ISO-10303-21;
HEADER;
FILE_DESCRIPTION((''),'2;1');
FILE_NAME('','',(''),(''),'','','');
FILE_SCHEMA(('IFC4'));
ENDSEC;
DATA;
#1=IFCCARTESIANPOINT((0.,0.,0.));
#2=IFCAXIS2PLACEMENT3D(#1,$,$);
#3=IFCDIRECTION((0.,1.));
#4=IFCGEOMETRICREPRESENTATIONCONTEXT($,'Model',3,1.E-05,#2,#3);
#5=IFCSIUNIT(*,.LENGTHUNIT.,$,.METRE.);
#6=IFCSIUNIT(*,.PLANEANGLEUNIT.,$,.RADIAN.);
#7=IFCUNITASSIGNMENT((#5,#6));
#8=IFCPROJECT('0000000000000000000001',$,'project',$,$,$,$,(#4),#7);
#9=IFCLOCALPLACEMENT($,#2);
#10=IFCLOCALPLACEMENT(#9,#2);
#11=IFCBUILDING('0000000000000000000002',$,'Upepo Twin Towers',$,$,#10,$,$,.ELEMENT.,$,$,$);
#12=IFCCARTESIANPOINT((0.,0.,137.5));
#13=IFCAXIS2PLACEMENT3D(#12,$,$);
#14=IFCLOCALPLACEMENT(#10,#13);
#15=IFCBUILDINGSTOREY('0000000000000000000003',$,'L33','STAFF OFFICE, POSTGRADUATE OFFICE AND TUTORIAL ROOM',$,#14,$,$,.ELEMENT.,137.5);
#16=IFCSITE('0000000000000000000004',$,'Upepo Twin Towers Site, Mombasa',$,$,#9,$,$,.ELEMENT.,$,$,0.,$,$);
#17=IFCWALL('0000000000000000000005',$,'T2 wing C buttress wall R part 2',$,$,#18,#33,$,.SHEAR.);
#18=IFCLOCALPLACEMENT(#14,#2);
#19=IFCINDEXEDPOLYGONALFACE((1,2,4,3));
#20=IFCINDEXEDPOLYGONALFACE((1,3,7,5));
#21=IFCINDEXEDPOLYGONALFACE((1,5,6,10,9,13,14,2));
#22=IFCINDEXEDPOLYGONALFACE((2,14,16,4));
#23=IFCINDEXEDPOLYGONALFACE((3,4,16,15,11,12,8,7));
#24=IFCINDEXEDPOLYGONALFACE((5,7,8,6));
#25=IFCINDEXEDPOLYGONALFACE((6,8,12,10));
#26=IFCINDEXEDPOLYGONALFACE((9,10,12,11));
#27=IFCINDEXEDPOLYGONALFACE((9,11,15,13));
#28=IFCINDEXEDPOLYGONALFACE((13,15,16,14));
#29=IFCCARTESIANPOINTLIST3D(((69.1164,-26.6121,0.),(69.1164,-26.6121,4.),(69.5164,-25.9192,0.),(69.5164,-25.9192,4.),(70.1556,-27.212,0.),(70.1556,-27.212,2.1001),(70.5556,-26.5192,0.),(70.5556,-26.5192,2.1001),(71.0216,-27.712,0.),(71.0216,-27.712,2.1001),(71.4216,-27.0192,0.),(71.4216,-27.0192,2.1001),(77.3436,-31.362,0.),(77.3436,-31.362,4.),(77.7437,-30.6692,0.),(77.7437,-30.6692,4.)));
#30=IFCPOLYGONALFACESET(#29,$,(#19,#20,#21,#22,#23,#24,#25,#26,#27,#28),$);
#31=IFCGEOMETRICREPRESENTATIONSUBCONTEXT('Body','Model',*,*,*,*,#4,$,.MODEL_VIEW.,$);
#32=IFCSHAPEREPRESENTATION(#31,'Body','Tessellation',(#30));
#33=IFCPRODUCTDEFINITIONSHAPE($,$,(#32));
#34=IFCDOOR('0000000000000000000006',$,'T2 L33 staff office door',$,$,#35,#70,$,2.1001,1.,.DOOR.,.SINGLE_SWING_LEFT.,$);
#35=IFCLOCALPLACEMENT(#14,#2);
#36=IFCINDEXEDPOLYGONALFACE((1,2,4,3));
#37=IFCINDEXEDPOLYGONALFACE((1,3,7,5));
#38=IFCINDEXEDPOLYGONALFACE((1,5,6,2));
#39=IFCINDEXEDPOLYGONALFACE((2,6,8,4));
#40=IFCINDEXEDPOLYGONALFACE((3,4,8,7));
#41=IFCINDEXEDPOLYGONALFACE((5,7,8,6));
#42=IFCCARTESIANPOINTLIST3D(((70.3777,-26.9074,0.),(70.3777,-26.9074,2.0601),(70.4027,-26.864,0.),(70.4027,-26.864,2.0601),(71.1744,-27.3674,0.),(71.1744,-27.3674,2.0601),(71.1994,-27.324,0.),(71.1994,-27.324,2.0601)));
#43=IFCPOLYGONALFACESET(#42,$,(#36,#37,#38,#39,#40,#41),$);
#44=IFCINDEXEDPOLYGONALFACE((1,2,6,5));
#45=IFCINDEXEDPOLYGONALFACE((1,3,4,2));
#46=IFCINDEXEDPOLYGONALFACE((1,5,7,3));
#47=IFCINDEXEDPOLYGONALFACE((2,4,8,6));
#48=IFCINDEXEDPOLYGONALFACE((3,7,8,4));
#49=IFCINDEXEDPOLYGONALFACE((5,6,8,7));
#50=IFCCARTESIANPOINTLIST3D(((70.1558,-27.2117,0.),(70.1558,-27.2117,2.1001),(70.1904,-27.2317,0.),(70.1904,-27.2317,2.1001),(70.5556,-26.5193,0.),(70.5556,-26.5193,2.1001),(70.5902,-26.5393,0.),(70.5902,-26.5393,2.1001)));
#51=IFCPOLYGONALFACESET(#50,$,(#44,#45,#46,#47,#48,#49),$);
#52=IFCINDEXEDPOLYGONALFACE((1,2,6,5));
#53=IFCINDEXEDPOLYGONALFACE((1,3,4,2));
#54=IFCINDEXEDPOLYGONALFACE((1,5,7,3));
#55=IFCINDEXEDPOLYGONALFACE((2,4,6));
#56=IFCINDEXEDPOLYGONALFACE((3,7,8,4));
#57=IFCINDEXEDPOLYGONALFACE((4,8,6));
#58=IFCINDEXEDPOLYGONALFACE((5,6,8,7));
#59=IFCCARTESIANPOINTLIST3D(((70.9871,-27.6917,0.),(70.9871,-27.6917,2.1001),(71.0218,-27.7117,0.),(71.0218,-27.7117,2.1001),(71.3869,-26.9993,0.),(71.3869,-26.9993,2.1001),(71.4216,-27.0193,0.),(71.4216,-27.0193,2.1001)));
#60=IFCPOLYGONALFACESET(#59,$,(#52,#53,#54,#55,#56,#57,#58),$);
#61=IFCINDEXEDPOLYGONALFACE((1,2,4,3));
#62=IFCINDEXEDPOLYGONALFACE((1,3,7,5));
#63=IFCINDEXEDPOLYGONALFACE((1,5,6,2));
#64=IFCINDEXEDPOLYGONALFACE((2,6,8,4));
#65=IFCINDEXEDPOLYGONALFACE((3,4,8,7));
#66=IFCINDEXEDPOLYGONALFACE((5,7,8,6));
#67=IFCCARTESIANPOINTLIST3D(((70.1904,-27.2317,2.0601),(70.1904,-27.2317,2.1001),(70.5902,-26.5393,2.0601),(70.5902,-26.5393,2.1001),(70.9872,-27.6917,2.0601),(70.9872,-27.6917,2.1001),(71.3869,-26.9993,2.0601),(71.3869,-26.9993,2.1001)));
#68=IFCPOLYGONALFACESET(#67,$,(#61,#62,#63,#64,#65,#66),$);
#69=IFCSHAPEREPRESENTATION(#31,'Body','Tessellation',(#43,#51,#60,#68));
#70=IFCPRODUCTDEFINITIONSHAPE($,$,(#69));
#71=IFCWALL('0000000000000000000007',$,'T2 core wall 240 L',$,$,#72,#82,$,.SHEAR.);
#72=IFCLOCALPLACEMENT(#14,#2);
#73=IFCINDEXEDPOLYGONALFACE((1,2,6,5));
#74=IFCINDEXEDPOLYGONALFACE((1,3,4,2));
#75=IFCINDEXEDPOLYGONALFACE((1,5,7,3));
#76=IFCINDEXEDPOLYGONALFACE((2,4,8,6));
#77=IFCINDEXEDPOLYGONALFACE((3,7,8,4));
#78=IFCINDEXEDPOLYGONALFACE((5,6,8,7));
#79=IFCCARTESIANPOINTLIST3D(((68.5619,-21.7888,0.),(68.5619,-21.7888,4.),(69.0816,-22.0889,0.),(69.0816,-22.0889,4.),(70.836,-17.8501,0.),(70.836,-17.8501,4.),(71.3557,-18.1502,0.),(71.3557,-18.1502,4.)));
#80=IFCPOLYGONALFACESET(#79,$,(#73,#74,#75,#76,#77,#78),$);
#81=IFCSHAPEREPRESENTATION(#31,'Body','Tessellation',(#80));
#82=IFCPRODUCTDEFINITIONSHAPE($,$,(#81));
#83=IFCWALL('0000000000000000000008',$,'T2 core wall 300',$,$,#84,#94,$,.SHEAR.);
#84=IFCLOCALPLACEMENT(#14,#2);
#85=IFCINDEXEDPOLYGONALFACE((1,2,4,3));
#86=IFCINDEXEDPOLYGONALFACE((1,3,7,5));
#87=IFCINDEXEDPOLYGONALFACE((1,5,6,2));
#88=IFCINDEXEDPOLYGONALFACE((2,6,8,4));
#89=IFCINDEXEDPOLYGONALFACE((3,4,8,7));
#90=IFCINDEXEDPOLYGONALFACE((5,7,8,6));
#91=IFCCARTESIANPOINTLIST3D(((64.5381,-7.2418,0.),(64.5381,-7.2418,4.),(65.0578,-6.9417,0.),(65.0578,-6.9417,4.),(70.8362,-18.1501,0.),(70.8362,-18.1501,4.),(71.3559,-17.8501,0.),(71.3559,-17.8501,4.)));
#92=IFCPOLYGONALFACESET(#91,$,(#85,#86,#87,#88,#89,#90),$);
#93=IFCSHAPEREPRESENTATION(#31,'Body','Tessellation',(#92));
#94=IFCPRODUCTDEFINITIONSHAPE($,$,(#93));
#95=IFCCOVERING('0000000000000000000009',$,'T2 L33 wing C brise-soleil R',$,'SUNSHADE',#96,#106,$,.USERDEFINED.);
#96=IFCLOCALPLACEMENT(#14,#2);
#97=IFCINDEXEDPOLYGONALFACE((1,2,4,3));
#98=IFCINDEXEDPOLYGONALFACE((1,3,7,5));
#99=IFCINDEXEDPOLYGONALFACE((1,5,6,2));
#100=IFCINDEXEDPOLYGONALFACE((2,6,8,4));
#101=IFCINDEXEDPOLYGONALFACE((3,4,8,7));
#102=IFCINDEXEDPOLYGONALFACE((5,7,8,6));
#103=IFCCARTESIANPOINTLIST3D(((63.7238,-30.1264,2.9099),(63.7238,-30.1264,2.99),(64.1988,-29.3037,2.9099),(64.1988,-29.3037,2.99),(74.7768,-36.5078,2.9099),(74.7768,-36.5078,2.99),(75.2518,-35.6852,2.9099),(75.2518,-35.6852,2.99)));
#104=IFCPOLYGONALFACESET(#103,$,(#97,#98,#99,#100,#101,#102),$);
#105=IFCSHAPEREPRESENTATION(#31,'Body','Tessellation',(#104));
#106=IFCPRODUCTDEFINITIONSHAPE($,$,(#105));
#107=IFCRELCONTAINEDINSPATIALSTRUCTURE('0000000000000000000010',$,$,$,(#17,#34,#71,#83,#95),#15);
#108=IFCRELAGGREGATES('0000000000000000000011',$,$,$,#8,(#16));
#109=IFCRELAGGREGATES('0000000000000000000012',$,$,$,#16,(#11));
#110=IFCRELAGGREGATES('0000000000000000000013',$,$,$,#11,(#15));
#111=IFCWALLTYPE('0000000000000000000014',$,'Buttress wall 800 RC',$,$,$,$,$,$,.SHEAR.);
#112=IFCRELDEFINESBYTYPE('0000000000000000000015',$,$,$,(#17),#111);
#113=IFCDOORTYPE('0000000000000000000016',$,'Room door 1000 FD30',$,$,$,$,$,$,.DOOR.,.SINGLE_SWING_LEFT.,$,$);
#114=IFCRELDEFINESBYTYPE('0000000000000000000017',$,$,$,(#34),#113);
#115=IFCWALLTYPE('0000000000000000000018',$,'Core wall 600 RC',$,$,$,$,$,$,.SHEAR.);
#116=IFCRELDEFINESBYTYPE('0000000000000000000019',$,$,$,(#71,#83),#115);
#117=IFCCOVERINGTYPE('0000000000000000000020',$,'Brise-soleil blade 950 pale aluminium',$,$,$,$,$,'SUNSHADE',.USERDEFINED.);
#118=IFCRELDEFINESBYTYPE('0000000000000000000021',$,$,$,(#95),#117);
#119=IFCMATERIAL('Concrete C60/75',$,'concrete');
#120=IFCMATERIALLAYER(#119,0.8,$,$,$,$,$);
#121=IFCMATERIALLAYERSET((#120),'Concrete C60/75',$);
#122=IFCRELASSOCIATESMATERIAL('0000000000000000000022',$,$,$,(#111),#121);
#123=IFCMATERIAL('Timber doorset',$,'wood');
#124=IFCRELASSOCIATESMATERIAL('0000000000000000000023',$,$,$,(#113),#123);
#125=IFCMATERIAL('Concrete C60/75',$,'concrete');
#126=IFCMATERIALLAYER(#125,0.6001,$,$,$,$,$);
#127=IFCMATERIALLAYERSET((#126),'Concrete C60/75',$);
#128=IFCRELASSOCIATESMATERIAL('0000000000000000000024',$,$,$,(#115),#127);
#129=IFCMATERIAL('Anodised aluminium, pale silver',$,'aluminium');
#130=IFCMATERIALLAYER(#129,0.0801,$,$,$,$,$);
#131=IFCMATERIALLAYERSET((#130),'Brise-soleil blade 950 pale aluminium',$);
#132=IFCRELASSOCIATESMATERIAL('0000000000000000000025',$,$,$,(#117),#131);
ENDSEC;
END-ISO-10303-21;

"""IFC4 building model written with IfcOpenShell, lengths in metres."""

from ifc_helpers import new_model, si_unit, direction, frame, frame_2d, origin, origin_2d, place, context, subcontext, project, spatial, rectangle, extrude, material, layer, layer_set, type_object, element, fill, save


model = new_model("IFC4")

# Units and contexts
model_context = context("Model", 3, precision=1e-05, world=origin(), true_north=direction((0.0, 1.0)))
body_context = subcontext(model_context, "Body", "Model", "MODEL_VIEW")
ifc_project = project(units=[si_unit("LENGTHUNIT", "METRE"), si_unit("PLANEANGLEUNIT", "RADIAN")], contexts=[model_context])

# Site, building, storey
site_placement = place(None, origin())
site = spatial("IfcSite", under=ifc_project, at=site_placement, Name="Upepo Twin Towers Site, Mombasa", CompositionType="ELEMENT", RefElevation=0.0)
building_placement = place(site_placement, origin())
building = spatial("IfcBuilding", under=site, at=building_placement, Name="Upepo Twin Towers", CompositionType="ELEMENT")
storey_placement = place(building_placement, frame((0.0, 0.0, 137.5)))
storey = spatial("IfcBuildingStorey", under=building, at=storey_placement, Name="L33", Description="STAFF OFFICE, POSTGRADUATE OFFICE AND TUTORIAL ROOM", CompositionType="ELEMENT", Elevation=137.5)

# Wall, opening, door
ifc_material_1 = material(Name="Concrete C60/75", Category="concrete")
ifc_layer_1 = layer(ifc_material_1, 0.8)
ifc_layer_set_1 = layer_set([ifc_layer_1], Name="Concrete C60/75")
wall_type_1 = type_object("IfcWallType", Name="Buttress wall 800 RC", PredefinedType="SHEAR", material=ifc_layer_set_1)
ifc_material_2 = material(Name="Timber doorset", Category="wood")
door_type = type_object("IfcDoorType", Name="Room door 1000 FD30", OperationType="SINGLE_SWING_LEFT", PredefinedType="DOOR", material=ifc_material_2)
wall_1_placement = place(storey_placement, frame((69.3164, -26.2656, 0.0), z_axis=(0.0, 0.0, 1.0), x_axis=(0.866027, -0.499998, 0.0)))
wall_1 = element("IfcWall", 1, at=wall_1_placement, inside=storey, type_object=wall_type_1, Name="T2 wing C buttress wall R part 2", PredefinedType="SHEAR", context=body_context, shape_type="SweptSolid", body=[
    extrude(rectangle(XDim=9.5, YDim=0.8, at=frame_2d((4.75, 0.0))), origin(), (0.0, 0.0, 1.0), 4.0),
])
opening_1_placement = place(wall_1_placement, frame((1.2, 0.0, 0.0)))
opening_1 = element("IfcOpeningElement", 2, at=opening_1_placement, cuts=wall_1, PredefinedType="OPENING", context=body_context, shape_type="SweptSolid", body=[
    extrude(rectangle(XDim=1.0, YDim=2.1001, at=frame_2d((0.5, 1.05))), frame((0.0, 0.4099, 0.0), z_axis=(0.0, -1.0, 0.0), x_axis=(1.0, 0.0, 0.0)), (0.0, 0.0, 1.0), 0.8201),
])
door_1_placement = place(opening_1_placement, origin())
door_1 = element("IfcDoor", 3, at=door_1_placement, inside=storey, type_object=door_type, Name="T2 L33 staff office door", OperationType="SINGLE_SWING_LEFT", OverallHeight=2.1001, OverallWidth=1.0, PredefinedType="DOOR", context=body_context, shape_type="SweptSolid", body=[
    extrude(rectangle(XDim=0.92, YDim=2.0601, at=frame_2d((0.5, 1.03))), frame((0.0, 0.0249, 0.0), z_axis=(0.0, -1.0, 0.0), x_axis=(1.0, 0.0, 0.0)), (0.0, 0.0, 1.0), 0.05),
    extrude(rectangle(XDim=0.04, YDim=2.1001, at=frame_2d((0.02, 1.05))), frame((0.0, 0.3999, 0.0), z_axis=(0.0, -1.0, 0.0), x_axis=(1.0, 0.0, 0.0)), (0.0, 0.0, 1.0), 0.7996),
    extrude(rectangle(XDim=0.04, YDim=2.1001, at=frame_2d((0.98, 1.05))), frame((0.0, 0.3999, 0.0), z_axis=(0.0, -1.0, 0.0), x_axis=(1.0, 0.0, 0.0)), (0.0, 0.0, 1.0), 0.7996),
    extrude(rectangle(XDim=0.92, YDim=0.04, at=frame_2d((0.5, 2.0801))), frame((0.0, 0.3999, 0.0), z_axis=(0.0, -1.0, 0.0), x_axis=(1.0, 0.0, 0.0)), (0.0, 0.0, 1.0), 0.7996),
])
fill(opening_1, door_1)

# Walls
ifc_material_3 = material(Name="Concrete C60/75", Category="concrete")
ifc_layer_2 = layer(ifc_material_3, 0.6001)
ifc_layer_set_2 = layer_set([ifc_layer_2], Name="Concrete C60/75")
wall_type_2 = type_object("IfcWallType", Name="Core wall 600 RC", PredefinedType="SHEAR", material=ifc_layer_set_2)
wall_2_placement = place(storey_placement, frame((68.8218, -21.9387, 0.0), z_axis=(0.0, 0.0, 1.0), x_axis=(0.500024, 0.866011, 0.0)))
element("IfcWall", 4, at=wall_2_placement, inside=storey, type_object=wall_type_2, Name="T2 core wall 240 L", PredefinedType="SHEAR", context=body_context, shape_type="SweptSolid", body=[
    extrude(rectangle(XDim=4.5481, YDim=0.6001, at=frame_2d((2.2739, 0.0))), origin(), (0.0, 0.0, 1.0), 4.0),
])
wall_3_placement = place(storey_placement, frame((71.0959, -18.0, 0.0), z_axis=(0.0, 0.0, 1.0), x_axis=(-0.500006, 0.866022, 0.0)))
element("IfcWall", 5, at=wall_3_placement, inside=storey, type_object=wall_type_2, Name="T2 core wall 300", PredefinedType="SHEAR", context=body_context, shape_type="SweptSolid", body=[
    extrude(rectangle(XDim=12.5959, YDim=0.6001, at=frame_2d((6.2979, 0.0))), origin(), (0.0, 0.0, 1.0), 4.0),
])

# Covering
ifc_material_4 = material(Name="Anodised aluminium, pale silver", Category="aluminium")
ifc_layer_3 = layer(ifc_material_4, 0.0801)
ifc_layer_set_3 = layer_set([ifc_layer_3], Name="Brise-soleil blade 950 pale aluminium")
covering_type = type_object("IfcCoveringType", Name="Brise-soleil blade 950 pale aluminium", ElementType="SUNSHADE", PredefinedType="USERDEFINED", material=ifc_layer_set_3)
covering_placement = place(storey_placement, frame((69.4878, -32.9058, 2.9099), z_axis=(0.0, 0.0, 1.0), x_axis=(0.866025, -0.5, 0.0)))
element("IfcCovering", 6, at=covering_placement, inside=storey, type_object=covering_type, Name="T2 L33 wing C brise-soleil R", ObjectType="SUNSHADE", PredefinedType="USERDEFINED", context=body_context, shape_type="SweptSolid", body=[
    extrude(rectangle(XDim=12.7629, YDim=0.95, at=origin_2d()), origin(), (0.0, 0.0, 1.0), 0.0801),
])

save(model, "model.ifc")
